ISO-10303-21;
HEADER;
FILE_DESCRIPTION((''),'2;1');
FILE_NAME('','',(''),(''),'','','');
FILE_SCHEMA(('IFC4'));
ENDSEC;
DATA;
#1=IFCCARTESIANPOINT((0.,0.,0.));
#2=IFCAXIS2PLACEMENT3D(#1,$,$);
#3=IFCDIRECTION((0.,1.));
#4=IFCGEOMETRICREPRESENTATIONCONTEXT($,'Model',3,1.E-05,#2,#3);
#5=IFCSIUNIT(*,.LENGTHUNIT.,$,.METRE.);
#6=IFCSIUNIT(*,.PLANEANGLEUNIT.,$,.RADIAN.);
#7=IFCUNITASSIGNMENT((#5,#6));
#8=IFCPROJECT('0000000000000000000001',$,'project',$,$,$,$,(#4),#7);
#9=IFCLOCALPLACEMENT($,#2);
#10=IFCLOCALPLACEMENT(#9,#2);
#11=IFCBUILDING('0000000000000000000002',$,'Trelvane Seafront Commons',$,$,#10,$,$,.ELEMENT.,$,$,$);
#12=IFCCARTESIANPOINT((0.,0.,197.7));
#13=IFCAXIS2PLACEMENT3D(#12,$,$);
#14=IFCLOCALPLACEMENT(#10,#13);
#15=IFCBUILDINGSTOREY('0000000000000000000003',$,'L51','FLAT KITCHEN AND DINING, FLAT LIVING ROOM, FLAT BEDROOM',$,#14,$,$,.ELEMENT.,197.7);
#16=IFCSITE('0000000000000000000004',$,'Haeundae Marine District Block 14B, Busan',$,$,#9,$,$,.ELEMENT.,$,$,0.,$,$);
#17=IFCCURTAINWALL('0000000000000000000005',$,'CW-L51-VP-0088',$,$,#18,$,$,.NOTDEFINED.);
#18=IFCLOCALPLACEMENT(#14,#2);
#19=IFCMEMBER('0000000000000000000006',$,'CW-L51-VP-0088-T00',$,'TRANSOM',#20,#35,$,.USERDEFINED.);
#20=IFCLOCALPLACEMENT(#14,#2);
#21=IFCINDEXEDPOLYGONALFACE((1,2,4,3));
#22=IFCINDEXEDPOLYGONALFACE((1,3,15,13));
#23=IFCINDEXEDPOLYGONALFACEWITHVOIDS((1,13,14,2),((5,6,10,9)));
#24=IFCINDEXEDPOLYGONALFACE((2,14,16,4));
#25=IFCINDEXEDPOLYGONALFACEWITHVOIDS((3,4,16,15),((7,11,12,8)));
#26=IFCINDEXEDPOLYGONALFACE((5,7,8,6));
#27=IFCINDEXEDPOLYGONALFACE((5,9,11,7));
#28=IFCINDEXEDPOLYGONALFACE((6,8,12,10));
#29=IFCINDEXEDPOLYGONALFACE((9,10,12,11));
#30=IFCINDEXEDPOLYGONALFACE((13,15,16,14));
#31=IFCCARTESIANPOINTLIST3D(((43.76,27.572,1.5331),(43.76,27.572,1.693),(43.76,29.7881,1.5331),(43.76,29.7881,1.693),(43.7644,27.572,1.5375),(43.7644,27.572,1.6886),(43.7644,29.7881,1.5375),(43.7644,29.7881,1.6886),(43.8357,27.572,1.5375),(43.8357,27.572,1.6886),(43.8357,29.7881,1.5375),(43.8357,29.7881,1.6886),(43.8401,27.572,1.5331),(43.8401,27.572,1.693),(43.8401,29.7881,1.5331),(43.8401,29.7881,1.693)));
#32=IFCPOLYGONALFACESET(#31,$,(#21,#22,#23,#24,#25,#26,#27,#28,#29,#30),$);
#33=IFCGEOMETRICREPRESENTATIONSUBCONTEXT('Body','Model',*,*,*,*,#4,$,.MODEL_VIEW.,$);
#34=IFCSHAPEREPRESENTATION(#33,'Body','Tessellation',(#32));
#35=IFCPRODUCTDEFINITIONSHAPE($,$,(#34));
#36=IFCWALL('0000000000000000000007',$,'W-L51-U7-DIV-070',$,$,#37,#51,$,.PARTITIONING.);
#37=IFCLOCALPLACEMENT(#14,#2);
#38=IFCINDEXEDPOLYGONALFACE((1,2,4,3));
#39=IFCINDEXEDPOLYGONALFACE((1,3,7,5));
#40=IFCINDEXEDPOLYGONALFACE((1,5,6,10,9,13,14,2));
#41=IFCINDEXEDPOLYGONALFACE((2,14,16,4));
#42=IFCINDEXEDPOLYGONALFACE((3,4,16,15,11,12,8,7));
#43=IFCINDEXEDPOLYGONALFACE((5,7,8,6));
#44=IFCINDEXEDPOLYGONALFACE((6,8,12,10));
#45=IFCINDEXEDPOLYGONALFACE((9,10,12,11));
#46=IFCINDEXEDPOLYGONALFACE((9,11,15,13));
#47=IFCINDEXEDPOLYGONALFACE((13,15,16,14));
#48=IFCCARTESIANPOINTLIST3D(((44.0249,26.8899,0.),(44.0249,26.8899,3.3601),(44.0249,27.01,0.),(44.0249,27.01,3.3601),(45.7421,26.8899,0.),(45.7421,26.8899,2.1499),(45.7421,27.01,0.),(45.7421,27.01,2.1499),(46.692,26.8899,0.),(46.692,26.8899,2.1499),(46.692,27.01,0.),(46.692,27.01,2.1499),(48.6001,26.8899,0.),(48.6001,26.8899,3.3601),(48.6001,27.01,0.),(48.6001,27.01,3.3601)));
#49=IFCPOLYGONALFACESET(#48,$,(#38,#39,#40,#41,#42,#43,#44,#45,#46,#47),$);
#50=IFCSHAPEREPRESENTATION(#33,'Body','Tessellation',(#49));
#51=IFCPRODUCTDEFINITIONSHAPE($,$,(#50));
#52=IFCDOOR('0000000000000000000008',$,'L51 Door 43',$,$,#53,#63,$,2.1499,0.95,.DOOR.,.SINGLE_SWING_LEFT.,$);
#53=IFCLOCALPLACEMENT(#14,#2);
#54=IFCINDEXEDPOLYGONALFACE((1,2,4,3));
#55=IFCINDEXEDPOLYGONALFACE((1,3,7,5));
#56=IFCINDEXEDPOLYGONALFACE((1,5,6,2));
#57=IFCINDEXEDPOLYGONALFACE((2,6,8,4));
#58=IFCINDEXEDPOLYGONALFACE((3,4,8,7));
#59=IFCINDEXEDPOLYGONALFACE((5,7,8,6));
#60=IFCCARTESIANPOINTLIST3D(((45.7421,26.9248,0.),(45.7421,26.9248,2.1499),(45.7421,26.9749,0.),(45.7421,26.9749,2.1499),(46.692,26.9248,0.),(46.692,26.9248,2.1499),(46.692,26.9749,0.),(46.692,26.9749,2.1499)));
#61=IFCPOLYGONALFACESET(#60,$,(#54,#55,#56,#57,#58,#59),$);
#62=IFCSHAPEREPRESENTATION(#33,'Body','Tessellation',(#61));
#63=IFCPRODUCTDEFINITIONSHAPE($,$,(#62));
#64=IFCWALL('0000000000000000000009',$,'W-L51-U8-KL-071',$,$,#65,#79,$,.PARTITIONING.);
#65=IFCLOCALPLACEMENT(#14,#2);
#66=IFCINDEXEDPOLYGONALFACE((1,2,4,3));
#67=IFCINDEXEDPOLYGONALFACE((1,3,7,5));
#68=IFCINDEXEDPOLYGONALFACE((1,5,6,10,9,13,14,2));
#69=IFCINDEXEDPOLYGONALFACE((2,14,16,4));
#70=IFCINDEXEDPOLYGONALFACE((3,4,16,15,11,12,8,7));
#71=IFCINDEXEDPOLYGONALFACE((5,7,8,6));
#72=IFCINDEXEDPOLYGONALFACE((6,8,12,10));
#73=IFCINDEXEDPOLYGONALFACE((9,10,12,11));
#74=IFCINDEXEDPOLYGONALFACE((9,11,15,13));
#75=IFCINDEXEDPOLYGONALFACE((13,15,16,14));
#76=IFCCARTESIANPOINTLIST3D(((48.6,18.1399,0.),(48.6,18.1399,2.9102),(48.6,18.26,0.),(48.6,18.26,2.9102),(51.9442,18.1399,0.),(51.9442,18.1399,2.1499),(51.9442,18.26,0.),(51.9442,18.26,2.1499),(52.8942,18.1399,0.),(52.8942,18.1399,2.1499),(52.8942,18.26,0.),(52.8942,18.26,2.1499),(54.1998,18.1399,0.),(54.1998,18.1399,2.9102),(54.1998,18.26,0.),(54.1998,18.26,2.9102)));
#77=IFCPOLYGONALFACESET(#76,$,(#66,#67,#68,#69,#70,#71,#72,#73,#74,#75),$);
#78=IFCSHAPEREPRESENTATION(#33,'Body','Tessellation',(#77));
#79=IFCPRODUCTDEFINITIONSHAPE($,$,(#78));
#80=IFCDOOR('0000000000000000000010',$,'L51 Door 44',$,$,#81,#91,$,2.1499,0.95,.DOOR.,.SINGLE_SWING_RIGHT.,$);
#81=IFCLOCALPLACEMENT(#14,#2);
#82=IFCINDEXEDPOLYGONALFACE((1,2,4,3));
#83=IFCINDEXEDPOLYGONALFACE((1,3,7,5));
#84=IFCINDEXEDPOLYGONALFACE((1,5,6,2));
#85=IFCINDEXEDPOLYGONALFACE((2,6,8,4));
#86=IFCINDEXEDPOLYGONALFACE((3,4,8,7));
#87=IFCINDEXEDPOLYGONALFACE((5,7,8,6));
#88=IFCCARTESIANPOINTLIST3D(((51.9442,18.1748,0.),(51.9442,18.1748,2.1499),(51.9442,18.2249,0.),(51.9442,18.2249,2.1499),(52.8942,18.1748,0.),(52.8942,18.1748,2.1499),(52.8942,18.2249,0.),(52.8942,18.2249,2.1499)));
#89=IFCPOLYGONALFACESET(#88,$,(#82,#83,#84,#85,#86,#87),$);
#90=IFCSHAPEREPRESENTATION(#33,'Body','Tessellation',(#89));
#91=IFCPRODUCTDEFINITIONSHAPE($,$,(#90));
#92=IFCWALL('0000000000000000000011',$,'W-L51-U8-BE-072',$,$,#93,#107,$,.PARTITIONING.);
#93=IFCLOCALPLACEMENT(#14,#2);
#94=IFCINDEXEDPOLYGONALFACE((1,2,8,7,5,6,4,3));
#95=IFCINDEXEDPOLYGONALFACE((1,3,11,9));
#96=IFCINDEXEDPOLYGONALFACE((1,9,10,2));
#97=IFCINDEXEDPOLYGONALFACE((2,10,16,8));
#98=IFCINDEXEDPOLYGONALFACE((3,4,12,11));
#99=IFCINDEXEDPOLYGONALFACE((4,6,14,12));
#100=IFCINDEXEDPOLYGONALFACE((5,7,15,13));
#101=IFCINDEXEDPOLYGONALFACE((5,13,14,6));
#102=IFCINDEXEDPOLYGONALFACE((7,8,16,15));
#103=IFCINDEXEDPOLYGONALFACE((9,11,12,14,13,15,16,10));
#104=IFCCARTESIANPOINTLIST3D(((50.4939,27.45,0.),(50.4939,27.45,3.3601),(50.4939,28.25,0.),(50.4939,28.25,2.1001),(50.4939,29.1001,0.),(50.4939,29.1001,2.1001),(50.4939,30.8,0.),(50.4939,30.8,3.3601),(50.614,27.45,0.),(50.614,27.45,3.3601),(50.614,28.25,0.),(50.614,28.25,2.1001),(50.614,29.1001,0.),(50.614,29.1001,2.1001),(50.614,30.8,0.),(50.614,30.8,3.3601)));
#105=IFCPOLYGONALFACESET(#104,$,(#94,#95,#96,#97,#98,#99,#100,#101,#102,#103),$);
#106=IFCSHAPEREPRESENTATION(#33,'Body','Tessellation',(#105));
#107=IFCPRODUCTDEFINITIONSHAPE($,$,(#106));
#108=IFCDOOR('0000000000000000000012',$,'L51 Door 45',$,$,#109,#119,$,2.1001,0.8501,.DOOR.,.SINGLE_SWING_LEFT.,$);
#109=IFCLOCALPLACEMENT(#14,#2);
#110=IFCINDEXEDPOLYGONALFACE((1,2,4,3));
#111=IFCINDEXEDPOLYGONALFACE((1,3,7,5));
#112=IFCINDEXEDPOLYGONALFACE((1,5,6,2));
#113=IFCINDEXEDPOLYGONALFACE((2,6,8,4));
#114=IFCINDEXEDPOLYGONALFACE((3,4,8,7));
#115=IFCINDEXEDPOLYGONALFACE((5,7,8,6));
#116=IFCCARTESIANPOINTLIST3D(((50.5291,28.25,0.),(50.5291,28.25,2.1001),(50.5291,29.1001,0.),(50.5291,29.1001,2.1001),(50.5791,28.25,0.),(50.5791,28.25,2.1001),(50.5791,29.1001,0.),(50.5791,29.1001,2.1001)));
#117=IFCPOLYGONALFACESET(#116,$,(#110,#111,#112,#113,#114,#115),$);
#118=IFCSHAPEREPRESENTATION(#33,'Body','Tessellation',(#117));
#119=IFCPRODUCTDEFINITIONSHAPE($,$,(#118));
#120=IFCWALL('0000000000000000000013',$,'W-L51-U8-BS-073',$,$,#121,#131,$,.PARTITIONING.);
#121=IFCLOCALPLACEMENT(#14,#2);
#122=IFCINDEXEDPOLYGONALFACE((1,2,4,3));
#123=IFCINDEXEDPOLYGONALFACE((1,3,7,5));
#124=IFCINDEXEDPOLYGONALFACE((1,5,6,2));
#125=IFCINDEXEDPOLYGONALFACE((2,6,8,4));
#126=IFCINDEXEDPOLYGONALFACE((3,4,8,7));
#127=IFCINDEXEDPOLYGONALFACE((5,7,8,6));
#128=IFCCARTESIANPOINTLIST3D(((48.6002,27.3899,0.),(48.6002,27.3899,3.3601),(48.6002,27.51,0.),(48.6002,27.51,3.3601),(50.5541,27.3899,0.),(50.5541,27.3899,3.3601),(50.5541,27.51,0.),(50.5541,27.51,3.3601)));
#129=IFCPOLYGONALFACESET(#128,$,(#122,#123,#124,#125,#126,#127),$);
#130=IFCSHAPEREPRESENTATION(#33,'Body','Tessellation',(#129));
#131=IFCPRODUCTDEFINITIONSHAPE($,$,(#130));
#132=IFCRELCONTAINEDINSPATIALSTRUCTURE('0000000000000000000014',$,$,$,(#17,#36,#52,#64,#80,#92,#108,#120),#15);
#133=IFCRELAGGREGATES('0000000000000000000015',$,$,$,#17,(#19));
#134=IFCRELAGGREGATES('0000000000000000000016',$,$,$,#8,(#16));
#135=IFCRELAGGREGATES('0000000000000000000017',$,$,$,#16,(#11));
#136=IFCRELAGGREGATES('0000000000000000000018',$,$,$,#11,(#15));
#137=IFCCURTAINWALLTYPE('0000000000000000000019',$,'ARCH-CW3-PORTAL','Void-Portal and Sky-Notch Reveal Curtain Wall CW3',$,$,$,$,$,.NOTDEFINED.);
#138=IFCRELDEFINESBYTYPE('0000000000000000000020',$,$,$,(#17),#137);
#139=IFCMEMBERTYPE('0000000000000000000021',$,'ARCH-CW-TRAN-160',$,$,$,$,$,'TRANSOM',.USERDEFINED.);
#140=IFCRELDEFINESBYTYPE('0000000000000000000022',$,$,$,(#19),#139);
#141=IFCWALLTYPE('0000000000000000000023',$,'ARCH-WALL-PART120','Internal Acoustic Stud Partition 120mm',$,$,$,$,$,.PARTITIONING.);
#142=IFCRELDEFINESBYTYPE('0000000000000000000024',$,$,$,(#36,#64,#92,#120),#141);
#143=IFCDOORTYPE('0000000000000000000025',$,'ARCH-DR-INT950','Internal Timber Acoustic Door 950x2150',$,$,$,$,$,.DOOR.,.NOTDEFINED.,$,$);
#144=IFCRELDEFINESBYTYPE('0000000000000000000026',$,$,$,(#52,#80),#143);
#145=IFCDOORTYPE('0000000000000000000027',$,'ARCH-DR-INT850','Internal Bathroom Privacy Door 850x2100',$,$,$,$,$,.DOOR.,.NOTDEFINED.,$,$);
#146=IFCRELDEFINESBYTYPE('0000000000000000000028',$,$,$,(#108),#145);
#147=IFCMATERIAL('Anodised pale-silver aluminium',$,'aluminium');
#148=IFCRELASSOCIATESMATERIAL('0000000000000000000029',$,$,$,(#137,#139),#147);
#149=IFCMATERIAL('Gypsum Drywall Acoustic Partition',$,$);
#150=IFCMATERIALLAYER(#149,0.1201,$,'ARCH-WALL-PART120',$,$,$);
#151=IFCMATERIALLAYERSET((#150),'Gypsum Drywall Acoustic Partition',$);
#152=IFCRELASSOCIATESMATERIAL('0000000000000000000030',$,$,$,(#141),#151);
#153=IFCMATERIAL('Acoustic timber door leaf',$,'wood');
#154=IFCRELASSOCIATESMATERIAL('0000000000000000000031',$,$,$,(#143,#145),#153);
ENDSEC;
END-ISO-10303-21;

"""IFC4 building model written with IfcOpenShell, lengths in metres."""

from ifc_helpers import new_model, si_unit, direction, frame, frame_2d, origin, origin_2d, place, context, subcontext, project, spatial, rectangle, hollow_rectangle, extrude, source, transform, mapped, material, layer, layer_set, material_profile, profile_set, type_object, element, fill, aggregate, save


model = new_model("IFC4")

# Units and contexts
model_context = context("Model", 3, precision=1e-05, world=origin(), true_north=direction((0.0, 1.0)))
body_context = subcontext(model_context, "Body", "Model", "MODEL_VIEW")
ifc_project = project(units=[si_unit("LENGTHUNIT", "METRE"), si_unit("PLANEANGLEUNIT", "RADIAN")], contexts=[model_context])

# Site, building, storey
site_placement = place(None, origin())
site = spatial("IfcSite", under=ifc_project, at=site_placement, Name="Haeundae Marine District Block 14B, Busan", CompositionType="ELEMENT", RefElevation=0.0)
building_placement = place(site_placement, origin())
building = spatial("IfcBuilding", under=site, at=building_placement, Name="Trelvane Seafront Commons", CompositionType="ELEMENT")
storey_placement = place(building_placement, frame((0.0, 0.0, 197.7)))
storey = spatial("IfcBuildingStorey", under=building, at=storey_placement, Name="L51", Description="FLAT KITCHEN AND DINING, FLAT LIVING ROOM, FLAT BEDROOM", CompositionType="ELEMENT", Elevation=197.7)

# Curtain wall, member
ifc_material_1 = material(Name="Anodised pale-silver aluminium", Category="aluminium")
curtain_wall_type = type_object("IfcCurtainWallType", Name="ARCH-CW3-PORTAL", Description="Void-Portal and Sky-Notch Reveal Curtain Wall CW3", PredefinedType="NOTDEFINED", material=ifc_material_1)
curtain_wall_placement = place(storey_placement, origin())
curtain_wall = element("IfcCurtainWall", 1, at=curtain_wall_placement, inside=storey, type_object=curtain_wall_type, Name="CW-L51-VP-0088", PredefinedType="NOTDEFINED")
ifc_material_profile_1 = material_profile(ifc_material_1, hollow_rectangle(XDim=0.0801, YDim=0.1599, WallThickness=0.0044, at=origin_2d()), Name="TRAN-80x160x4.5")
ifc_profile_set_1 = profile_set([ifc_material_profile_1], Name="Anodised pale-silver aluminium")
member_type = type_object("IfcMemberType", Name="ARCH-CW-TRAN-160", ElementType="TRANSOM", PredefinedType="USERDEFINED", material=ifc_profile_set_1)
shared_shape_1 = source(origin(), body_context, "Body", "SweptSolid", [
    extrude(hollow_rectangle(XDim=0.0801, YDim=0.1599, WallThickness=0.0044, at=origin_2d()), origin(), (0.0, 0.0, 1.0), 2.2161),
])
member_placement = place(storey_placement, frame((43.8, 29.7881, 1.613), z_axis=(0.0, -1.0, 0.0), x_axis=(1.0, 0.0, 0.0)))
member = element("IfcMember", 2, at=member_placement, type_object=member_type, Name="CW-L51-VP-0088-T00", ObjectType="TRANSOM", PredefinedType="USERDEFINED", context=body_context, shape_type="MappedRepresentation", body=[
    mapped(shared_shape_1, transform((0.0, 0.0, 0.0), x_axis=(1.0, 0.0, 0.0), y_axis=(0.0, 1.0, 0.0), z_axis=(0.0, 0.0, 1.0), scale=1.0)),
])
aggregate(curtain_wall, [member])

# Walls, openings, doors
ifc_material_2 = material(Name="Gypsum Drywall Acoustic Partition")
ifc_layer = layer(ifc_material_2, 0.1201, Name="ARCH-WALL-PART120")
ifc_layer_set = layer_set([ifc_layer], Name="Gypsum Drywall Acoustic Partition")
wall_type = type_object("IfcWallType", Name="ARCH-WALL-PART120", Description="Internal Acoustic Stud Partition 120mm", PredefinedType="PARTITIONING", material=ifc_layer_set)
wall_1_placement = place(storey_placement, frame((44.0249, 26.95, 0.0), z_axis=(0.0, 0.0, 1.0), x_axis=(1.0, 0.0, 0.0)))
wall_1 = element("IfcWall", 3, at=wall_1_placement, inside=storey, type_object=wall_type, Name="W-L51-U7-DIV-070", PredefinedType="PARTITIONING", context=body_context, shape_type="SweptSolid", body=[
    extrude(rectangle(XDim=4.5752, YDim=0.1201, at=frame_2d((2.2876, 0.0))), origin(), (0.0, 0.0, 1.0), 3.3601),
])
opening_1_placement = place(wall_1_placement, frame((1.717, 0.0, 0.0)))
opening_1 = element("IfcOpeningElement", 4, at=opening_1_placement, cuts=wall_1, PredefinedType="OPENING", context=body_context, shape_type="SweptSolid", body=[
    extrude(rectangle(XDim=0.95, YDim=2.1499, at=frame_2d((0.4751, 1.075))), frame((0.0, 0.0701, 0.0), z_axis=(0.0, -1.0, 0.0), x_axis=(1.0, 0.0, 0.0)), (0.0, 0.0, 1.0), 0.1401),
])
ifc_material_3 = material(Name="Acoustic timber door leaf", Category="wood")
door_type_1 = type_object("IfcDoorType", Name="ARCH-DR-INT950", Description="Internal Timber Acoustic Door 950x2150", OperationType="NOTDEFINED", PredefinedType="DOOR", material=ifc_material_3)
shared_shape_2 = source(origin(), body_context, "Body", "SweptSolid", [
    extrude(rectangle(XDim=0.95, YDim=2.1499, at=frame_2d((0.4751, 1.075))), frame((0.0, 0.0249, 0.0), z_axis=(0.0, -1.0, 0.0), x_axis=(1.0, 0.0, 0.0)), (0.0, 0.0, 1.0), 0.05),
])
door_1_placement = place(opening_1_placement, origin())
door_1 = element("IfcDoor", 5, at=door_1_placement, inside=storey, type_object=door_type_1, Name="L51 Door 43", OperationType="SINGLE_SWING_LEFT", OverallHeight=2.1499, OverallWidth=0.95, PredefinedType="DOOR", context=body_context, shape_type="MappedRepresentation", body=[
    mapped(shared_shape_2, transform((0.0, 0.0, 0.0), x_axis=(1.0, 0.0, 0.0), y_axis=(0.0, 1.0, 0.0), z_axis=(0.0, 0.0, 1.0), scale=1.0)),
])
fill(opening_1, door_1)
wall_2_placement = place(storey_placement, frame((48.6001, 18.2, 0.0), z_axis=(0.0, 0.0, 1.0), x_axis=(1.0, 0.0, 0.0)))
wall_2 = element("IfcWall", 6, at=wall_2_placement, inside=storey, type_object=wall_type, Name="W-L51-U8-KL-071", PredefinedType="PARTITIONING", context=body_context, shape_type="SweptSolid", body=[
    extrude(rectangle(XDim=5.5999, YDim=0.1201, at=frame_2d((2.7998, 0.0))), origin(), (0.0, 0.0, 1.0), 2.9102),
])
opening_2_placement = place(wall_2_placement, frame((3.344, 0.0, 0.0)))
opening_2 = element("IfcOpeningElement", 7, at=opening_2_placement, cuts=wall_2, PredefinedType="OPENING", context=body_context, shape_type="SweptSolid", body=[
    extrude(rectangle(XDim=0.95, YDim=2.1499, at=frame_2d((0.4751, 1.075))), frame((0.0, 0.0701, 0.0), z_axis=(0.0, -1.0, 0.0), x_axis=(1.0, 0.0, 0.0)), (0.0, 0.0, 1.0), 0.1401),
])
door_2_placement = place(opening_2_placement, origin())
door_2 = element("IfcDoor", 8, at=door_2_placement, inside=storey, type_object=door_type_1, Name="L51 Door 44", OperationType="SINGLE_SWING_RIGHT", OverallHeight=2.1499, OverallWidth=0.95, PredefinedType="DOOR", context=body_context, shape_type="MappedRepresentation", body=[
    mapped(shared_shape_2, transform((0.0, 0.0, 0.0), x_axis=(1.0, 0.0, 0.0), y_axis=(0.0, 1.0, 0.0), z_axis=(0.0, 0.0, 1.0), scale=1.0)),
])
fill(opening_2, door_2)
wall_3_placement = place(storey_placement, frame((50.554, 27.45, 0.0), z_axis=(0.0, 0.0, 1.0), x_axis=(0.0, 1.0, 0.0)))
wall_3 = element("IfcWall", 9, at=wall_3_placement, inside=storey, type_object=wall_type, Name="W-L51-U8-BE-072", PredefinedType="PARTITIONING", context=body_context, shape_type="SweptSolid", body=[
    extrude(rectangle(XDim=3.3501, YDim=0.1201, at=frame_2d((1.675, 0.0))), origin(), (0.0, 0.0, 1.0), 3.3601),
])
opening_3_placement = place(wall_3_placement, frame((0.8, 0.0, 0.0)))
opening_3 = element("IfcOpeningElement", 10, at=opening_3_placement, cuts=wall_3, PredefinedType="OPENING", context=body_context, shape_type="SweptSolid", body=[
    extrude(rectangle(XDim=0.8501, YDim=2.1001, at=frame_2d((0.425, 1.05))), frame((0.0, 0.0701, 0.0), z_axis=(0.0, -1.0, 0.0), x_axis=(1.0, 0.0, 0.0)), (0.0, 0.0, 1.0), 0.1401),
])
door_type_2 = type_object("IfcDoorType", Name="ARCH-DR-INT850", Description="Internal Bathroom Privacy Door 850x2100", OperationType="NOTDEFINED", PredefinedType="DOOR", material=ifc_material_3)
shared_shape_3 = source(origin(), body_context, "Body", "SweptSolid", [
    extrude(rectangle(XDim=0.8501, YDim=2.1001, at=frame_2d((0.425, 1.05))), frame((0.0, 0.0249, 0.0), z_axis=(0.0, -1.0, 0.0), x_axis=(1.0, 0.0, 0.0)), (0.0, 0.0, 1.0), 0.05),
])
door_3_placement = place(opening_3_placement, origin())
door_3 = element("IfcDoor", 11, at=door_3_placement, inside=storey, type_object=door_type_2, Name="L51 Door 45", OperationType="SINGLE_SWING_LEFT", OverallHeight=2.1001, OverallWidth=0.8501, PredefinedType="DOOR", context=body_context, shape_type="MappedRepresentation", body=[
    mapped(shared_shape_3, transform((0.0, 0.0, 0.0), x_axis=(1.0, 0.0, 0.0), y_axis=(0.0, 1.0, 0.0), z_axis=(0.0, 0.0, 1.0), scale=1.0)),
])
fill(opening_3, door_3)

# Wall
wall_4_placement = place(storey_placement, frame((48.6001, 27.45, 0.0), z_axis=(0.0, 0.0, 1.0), x_axis=(1.0, 0.0, 0.0)))
element("IfcWall", 12, at=wall_4_placement, inside=storey, type_object=wall_type, Name="W-L51-U8-BS-073", PredefinedType="PARTITIONING", context=body_context, shape_type="SweptSolid", body=[
    extrude(rectangle(XDim=1.9539, YDim=0.1201, at=frame_2d((0.9771, 0.0))), origin(), (0.0, 0.0, 1.0), 3.3601),
])

save(model, "model.ifc")
